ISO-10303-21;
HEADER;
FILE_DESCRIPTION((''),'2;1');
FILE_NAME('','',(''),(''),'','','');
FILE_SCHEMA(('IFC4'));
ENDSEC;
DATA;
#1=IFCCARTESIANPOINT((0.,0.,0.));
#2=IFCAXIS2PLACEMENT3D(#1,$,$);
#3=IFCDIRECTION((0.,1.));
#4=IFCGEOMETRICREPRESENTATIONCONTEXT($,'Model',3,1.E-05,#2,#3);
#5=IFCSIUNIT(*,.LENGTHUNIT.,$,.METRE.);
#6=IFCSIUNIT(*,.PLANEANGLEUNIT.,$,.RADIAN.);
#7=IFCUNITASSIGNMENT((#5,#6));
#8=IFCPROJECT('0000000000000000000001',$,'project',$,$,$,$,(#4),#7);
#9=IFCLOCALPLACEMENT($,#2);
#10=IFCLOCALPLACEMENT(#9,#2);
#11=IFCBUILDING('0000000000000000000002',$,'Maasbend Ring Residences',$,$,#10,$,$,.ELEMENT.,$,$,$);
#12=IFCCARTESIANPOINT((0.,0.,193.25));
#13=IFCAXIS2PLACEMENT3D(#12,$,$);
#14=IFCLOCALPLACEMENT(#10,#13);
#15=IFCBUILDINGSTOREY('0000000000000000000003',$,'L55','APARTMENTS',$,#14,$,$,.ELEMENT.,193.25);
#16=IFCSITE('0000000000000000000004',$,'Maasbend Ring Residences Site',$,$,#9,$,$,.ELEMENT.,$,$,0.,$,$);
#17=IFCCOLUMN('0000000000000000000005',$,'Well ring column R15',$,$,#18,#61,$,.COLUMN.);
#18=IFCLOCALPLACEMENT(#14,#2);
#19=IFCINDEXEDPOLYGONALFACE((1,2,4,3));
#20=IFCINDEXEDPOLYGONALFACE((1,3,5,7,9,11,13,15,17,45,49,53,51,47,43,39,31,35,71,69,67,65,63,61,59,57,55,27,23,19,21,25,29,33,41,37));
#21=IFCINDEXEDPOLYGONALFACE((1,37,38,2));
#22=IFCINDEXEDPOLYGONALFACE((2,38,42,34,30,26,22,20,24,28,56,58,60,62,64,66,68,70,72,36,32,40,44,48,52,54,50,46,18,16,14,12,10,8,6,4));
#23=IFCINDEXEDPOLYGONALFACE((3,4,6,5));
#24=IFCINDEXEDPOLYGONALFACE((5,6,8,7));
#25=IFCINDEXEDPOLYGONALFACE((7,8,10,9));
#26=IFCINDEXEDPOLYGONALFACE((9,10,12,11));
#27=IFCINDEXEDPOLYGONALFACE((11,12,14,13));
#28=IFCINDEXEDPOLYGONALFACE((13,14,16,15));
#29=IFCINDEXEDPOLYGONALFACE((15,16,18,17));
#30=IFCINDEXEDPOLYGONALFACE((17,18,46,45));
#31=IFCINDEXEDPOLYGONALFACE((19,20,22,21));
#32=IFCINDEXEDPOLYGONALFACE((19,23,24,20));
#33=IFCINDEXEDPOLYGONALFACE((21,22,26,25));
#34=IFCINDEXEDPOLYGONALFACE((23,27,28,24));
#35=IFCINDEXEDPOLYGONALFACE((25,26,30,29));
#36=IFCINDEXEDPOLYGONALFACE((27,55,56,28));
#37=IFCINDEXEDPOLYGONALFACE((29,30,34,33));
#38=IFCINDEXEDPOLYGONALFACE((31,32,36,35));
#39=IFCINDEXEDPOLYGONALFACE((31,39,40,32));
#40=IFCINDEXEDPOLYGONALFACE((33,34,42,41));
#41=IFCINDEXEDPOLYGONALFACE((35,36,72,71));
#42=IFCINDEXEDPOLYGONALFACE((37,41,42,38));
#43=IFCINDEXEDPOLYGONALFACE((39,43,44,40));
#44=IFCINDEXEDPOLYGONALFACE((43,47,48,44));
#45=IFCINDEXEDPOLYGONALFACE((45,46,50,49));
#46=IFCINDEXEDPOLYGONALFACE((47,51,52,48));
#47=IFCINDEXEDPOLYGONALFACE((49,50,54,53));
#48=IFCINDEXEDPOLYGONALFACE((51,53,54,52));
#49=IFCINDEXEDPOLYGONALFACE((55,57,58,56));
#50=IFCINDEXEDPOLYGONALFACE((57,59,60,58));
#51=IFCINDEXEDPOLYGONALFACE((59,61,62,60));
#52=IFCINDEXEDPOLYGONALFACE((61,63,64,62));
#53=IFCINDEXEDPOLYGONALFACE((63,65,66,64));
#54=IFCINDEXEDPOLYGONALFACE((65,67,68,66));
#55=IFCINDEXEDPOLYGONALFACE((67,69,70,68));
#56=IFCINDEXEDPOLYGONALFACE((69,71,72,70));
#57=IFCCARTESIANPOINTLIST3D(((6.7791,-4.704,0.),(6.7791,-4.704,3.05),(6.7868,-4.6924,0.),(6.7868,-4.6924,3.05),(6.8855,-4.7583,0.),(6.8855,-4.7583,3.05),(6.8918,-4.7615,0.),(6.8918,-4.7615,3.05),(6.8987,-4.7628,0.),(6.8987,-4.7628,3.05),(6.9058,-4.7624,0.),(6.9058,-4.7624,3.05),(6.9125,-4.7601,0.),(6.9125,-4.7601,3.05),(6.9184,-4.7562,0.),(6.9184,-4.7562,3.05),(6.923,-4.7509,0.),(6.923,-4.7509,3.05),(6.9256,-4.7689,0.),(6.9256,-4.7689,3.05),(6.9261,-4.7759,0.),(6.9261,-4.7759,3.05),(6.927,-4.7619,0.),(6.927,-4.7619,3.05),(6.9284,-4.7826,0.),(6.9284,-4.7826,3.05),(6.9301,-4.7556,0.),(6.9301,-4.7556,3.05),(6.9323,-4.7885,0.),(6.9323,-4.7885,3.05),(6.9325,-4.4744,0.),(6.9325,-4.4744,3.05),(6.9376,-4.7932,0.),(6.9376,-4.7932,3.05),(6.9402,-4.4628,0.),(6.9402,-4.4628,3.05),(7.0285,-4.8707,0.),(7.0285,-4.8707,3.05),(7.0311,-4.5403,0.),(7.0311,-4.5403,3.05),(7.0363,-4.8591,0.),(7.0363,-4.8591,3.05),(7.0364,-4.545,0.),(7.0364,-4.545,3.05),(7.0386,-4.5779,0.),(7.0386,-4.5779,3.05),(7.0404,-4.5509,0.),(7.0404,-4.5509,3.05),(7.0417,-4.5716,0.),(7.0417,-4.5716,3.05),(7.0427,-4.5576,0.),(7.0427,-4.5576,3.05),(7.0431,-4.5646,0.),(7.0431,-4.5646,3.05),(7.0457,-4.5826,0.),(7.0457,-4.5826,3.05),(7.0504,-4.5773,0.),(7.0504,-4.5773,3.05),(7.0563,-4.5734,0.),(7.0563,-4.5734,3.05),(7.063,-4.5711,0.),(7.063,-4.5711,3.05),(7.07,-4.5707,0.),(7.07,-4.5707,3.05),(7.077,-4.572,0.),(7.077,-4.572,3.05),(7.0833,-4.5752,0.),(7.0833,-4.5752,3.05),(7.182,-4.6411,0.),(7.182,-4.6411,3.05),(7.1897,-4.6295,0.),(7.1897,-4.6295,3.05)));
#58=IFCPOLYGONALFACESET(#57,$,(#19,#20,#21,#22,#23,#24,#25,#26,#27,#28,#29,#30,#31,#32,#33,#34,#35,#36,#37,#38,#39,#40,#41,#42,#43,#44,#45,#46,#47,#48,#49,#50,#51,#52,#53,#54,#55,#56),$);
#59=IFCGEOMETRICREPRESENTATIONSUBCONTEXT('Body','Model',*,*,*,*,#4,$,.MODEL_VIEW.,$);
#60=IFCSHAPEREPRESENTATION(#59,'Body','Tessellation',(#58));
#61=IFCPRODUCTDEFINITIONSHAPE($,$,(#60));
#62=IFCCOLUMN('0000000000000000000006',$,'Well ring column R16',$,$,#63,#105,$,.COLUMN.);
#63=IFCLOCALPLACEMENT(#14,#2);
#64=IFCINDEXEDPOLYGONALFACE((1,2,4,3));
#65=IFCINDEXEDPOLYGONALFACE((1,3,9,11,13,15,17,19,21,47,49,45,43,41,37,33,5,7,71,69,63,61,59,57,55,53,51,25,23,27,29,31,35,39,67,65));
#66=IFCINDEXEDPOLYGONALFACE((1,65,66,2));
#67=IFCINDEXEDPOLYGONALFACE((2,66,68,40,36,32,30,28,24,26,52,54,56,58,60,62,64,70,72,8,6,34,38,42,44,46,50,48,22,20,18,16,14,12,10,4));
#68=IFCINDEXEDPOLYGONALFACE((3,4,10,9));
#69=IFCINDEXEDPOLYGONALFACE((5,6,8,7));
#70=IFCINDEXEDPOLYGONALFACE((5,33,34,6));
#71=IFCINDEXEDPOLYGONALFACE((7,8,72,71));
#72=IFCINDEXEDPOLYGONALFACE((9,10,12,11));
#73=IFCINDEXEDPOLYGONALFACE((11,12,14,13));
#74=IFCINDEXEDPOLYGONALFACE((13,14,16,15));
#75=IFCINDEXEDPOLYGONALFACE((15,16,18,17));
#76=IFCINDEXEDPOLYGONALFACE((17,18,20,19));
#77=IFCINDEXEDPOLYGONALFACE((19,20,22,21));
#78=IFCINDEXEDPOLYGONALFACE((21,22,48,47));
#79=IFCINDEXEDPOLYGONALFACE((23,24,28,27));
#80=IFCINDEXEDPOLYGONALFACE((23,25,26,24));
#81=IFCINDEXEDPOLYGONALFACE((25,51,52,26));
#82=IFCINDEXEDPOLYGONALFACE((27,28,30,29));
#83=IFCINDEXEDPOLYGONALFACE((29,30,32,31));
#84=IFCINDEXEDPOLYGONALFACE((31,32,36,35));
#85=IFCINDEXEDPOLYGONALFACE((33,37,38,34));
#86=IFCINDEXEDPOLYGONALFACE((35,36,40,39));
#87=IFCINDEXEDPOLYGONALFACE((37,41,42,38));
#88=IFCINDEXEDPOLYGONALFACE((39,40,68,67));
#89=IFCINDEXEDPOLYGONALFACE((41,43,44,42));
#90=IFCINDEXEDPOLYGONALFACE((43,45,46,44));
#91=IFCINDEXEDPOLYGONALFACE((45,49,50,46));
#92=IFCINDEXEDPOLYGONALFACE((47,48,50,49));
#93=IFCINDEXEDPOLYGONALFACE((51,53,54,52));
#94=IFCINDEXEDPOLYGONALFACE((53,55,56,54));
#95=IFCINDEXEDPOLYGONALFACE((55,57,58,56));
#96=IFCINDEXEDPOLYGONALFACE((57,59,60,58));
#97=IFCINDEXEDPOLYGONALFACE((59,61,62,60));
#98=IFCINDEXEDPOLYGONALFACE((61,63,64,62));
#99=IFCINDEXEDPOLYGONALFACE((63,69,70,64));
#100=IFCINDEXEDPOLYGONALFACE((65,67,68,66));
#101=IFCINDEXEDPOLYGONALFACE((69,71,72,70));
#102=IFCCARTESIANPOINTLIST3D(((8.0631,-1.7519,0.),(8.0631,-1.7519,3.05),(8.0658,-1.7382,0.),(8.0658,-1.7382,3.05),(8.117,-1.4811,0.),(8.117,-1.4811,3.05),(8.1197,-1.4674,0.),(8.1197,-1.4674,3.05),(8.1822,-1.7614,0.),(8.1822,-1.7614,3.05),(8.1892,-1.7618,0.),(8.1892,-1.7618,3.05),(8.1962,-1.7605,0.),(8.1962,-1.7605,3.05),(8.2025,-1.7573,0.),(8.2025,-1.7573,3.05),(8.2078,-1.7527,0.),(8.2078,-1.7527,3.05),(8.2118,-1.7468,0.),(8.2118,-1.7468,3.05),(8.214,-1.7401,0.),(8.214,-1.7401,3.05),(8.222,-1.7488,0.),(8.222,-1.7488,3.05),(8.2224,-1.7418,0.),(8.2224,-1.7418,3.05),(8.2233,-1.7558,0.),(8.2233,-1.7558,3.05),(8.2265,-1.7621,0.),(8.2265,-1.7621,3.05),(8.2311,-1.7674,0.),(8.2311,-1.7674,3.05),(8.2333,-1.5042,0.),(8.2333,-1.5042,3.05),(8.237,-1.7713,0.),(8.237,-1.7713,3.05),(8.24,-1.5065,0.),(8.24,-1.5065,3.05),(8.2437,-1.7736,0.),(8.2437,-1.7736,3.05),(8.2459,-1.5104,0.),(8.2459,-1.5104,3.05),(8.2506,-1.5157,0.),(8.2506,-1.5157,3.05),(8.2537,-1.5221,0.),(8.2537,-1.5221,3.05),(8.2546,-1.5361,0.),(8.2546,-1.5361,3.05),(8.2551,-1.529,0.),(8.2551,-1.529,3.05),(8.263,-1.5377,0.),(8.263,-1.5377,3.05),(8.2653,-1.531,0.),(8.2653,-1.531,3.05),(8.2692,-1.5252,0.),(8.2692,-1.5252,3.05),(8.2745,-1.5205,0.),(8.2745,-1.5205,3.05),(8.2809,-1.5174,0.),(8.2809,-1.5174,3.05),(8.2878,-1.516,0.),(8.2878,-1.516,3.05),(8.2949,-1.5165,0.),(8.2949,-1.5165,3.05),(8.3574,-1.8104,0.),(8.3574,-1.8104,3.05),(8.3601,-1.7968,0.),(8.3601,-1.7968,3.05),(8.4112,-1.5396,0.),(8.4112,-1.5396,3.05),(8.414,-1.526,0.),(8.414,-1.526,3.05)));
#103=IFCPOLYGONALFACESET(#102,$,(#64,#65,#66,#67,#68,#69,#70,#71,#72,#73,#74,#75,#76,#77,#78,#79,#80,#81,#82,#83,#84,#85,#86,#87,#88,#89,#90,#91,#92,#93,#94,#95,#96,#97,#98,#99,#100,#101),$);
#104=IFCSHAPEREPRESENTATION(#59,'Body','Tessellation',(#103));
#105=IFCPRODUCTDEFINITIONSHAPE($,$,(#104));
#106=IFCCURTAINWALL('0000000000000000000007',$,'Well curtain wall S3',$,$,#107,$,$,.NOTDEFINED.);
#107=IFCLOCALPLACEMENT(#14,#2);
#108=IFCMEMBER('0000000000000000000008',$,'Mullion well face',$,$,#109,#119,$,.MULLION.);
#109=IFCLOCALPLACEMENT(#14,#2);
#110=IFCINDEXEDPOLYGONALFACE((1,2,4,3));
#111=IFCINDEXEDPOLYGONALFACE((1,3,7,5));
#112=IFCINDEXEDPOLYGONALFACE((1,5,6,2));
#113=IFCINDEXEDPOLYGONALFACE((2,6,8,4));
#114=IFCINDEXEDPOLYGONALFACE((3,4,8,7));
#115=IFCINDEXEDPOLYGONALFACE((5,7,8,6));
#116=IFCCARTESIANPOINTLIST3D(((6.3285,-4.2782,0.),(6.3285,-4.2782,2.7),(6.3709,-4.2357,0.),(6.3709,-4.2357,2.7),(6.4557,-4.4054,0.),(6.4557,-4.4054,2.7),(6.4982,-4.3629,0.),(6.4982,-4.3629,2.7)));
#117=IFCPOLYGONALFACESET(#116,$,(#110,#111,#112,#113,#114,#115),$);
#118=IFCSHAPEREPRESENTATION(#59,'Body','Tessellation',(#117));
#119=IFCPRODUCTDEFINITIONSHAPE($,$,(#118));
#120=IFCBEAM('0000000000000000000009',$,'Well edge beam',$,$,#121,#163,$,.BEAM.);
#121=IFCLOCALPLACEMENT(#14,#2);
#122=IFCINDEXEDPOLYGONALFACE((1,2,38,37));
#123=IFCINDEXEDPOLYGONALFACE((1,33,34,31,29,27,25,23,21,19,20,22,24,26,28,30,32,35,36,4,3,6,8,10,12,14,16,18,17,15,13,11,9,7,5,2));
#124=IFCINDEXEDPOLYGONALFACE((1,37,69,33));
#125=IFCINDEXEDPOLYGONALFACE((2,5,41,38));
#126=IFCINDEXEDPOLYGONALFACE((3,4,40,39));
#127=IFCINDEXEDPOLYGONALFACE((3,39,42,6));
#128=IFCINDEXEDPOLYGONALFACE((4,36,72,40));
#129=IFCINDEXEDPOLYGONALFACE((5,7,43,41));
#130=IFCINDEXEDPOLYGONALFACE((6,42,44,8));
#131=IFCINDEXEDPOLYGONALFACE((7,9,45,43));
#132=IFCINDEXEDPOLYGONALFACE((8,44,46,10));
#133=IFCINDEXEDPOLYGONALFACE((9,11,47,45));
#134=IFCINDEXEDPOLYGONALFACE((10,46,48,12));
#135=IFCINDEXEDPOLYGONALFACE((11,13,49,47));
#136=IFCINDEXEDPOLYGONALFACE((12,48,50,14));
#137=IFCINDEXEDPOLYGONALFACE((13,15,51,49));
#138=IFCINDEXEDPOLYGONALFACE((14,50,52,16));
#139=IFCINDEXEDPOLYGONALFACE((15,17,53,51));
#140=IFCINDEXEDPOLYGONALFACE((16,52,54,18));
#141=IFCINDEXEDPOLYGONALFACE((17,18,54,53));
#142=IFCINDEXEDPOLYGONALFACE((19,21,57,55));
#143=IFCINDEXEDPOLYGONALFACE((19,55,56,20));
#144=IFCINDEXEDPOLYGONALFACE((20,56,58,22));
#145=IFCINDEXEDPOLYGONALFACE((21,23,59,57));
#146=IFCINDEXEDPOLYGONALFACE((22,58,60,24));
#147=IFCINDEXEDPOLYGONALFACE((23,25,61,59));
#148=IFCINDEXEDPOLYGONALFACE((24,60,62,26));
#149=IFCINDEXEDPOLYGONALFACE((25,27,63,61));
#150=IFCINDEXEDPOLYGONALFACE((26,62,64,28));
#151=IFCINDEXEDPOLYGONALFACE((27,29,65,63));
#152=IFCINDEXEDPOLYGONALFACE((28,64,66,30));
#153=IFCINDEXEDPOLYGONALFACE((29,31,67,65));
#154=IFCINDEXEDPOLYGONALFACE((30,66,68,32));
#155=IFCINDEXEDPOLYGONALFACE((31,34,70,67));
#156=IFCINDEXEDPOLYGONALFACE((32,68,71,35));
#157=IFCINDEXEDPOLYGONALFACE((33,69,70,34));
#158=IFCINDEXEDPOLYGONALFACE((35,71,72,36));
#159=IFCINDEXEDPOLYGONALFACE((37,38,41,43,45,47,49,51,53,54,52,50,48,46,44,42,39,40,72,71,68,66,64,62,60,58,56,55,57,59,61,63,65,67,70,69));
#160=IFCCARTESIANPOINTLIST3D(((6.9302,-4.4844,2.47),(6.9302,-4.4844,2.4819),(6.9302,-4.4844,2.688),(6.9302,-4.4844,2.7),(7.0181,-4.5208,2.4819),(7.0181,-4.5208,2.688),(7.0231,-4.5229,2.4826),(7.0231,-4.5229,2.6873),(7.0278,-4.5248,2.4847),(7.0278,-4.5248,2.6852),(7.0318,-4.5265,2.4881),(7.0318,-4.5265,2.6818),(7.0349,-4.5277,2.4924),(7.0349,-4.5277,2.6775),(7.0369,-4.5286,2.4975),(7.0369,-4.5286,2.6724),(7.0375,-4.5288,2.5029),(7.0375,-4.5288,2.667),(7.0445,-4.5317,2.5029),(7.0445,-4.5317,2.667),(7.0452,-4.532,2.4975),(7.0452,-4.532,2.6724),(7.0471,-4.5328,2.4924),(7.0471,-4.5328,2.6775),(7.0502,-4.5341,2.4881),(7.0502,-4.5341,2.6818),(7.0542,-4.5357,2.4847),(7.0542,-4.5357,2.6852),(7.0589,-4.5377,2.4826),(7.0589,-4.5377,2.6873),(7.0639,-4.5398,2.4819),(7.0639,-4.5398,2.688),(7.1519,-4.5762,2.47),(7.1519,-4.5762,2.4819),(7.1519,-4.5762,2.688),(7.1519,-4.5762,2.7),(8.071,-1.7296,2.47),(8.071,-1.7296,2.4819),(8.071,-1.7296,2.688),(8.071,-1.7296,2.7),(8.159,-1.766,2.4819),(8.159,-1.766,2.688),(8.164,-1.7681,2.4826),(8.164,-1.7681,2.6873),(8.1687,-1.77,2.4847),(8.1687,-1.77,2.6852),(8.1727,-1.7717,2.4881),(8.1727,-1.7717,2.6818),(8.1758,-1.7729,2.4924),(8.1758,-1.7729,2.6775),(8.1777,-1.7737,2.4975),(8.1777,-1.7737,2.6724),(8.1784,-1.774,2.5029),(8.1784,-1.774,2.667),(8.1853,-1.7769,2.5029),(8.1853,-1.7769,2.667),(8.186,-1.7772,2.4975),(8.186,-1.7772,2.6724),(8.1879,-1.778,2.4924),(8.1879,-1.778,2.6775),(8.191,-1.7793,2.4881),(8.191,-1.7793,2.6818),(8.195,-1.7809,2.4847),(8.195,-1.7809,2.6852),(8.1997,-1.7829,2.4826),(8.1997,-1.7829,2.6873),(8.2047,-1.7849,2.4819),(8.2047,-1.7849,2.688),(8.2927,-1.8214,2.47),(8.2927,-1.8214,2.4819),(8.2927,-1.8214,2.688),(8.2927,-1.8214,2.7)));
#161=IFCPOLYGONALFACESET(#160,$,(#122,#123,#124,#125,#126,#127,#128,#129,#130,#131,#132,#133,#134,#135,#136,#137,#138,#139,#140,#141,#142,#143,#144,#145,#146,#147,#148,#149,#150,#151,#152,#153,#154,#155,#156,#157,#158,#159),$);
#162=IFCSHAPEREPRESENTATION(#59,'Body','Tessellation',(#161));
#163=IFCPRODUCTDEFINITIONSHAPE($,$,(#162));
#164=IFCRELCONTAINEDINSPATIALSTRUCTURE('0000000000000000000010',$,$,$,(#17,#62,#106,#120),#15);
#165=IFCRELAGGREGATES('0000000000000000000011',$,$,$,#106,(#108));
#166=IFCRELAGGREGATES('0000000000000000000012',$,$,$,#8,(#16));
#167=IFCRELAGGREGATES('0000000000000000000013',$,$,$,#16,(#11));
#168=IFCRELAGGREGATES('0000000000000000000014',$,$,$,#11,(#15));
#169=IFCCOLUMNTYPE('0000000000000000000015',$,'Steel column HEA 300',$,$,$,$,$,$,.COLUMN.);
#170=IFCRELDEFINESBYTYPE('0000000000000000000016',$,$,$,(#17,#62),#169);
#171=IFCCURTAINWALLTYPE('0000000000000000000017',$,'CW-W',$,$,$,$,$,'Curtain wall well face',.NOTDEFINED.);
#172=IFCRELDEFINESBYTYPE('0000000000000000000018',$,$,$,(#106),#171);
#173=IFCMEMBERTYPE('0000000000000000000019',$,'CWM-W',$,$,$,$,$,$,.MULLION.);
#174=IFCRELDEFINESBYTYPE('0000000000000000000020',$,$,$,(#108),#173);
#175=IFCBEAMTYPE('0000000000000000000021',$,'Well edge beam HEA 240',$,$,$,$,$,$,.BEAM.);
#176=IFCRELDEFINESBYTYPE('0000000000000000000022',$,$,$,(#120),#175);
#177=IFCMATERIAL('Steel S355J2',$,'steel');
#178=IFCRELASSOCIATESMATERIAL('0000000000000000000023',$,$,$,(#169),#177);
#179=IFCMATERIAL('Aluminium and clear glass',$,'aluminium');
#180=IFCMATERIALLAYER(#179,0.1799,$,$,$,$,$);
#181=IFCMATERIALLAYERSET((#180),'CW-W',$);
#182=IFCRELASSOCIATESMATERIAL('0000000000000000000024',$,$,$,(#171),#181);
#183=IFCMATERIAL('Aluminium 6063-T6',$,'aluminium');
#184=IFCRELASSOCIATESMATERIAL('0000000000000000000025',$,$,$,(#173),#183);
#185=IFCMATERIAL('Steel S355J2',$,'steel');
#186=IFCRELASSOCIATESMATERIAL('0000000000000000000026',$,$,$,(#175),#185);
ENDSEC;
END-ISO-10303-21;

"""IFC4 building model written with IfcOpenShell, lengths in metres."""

from ifc_helpers import new_model, si_unit, direction, frame, origin, origin_2d, place, context, subcontext, project, spatial, rectangle, i_section, extrude, material, layer, layer_set, material_profile, profile_set, type_object, element, aggregate, save


model = new_model("IFC4")

# Units and contexts
model_context = context("Model", 3, precision=1e-05, world=origin(), true_north=direction((0.0, 1.0)))
body_context = subcontext(model_context, "Body", "Model", "MODEL_VIEW")
ifc_project = project(units=[si_unit("LENGTHUNIT", "METRE"), si_unit("PLANEANGLEUNIT", "RADIAN")], contexts=[model_context])

# Site, building, storey
site_placement = place(None, origin())
site = spatial("IfcSite", under=ifc_project, at=site_placement, Name="Maasbend Ring Residences Site", CompositionType="ELEMENT", RefElevation=0.0)
building_placement = place(site_placement, origin())
building = spatial("IfcBuilding", under=site, at=building_placement, Name="Maasbend Ring Residences", CompositionType="ELEMENT")
storey_placement = place(building_placement, frame((0.0, 0.0, 193.25)))
storey = spatial("IfcBuildingStorey", under=building, at=storey_placement, Name="L55", Description="APARTMENTS", CompositionType="ELEMENT", Elevation=193.25)

# Columns
ifc_material_1 = material(Name="Steel S355J2", Category="steel")
ifc_material_profile_1 = material_profile(ifc_material_1, i_section(OverallWidth=0.3, OverallDepth=0.29, WebThickness=0.0085, FlangeThickness=0.0139, FilletRadius=0.0271, at=origin_2d()), Name="HEA 300")
ifc_profile_set_1 = profile_set([ifc_material_profile_1], Name="Steel S355J2")
column_type = type_object("IfcColumnType", Name="Steel column HEA 300", PredefinedType="COLUMN", material=ifc_profile_set_1)
for number, where, z_axis, x_axis, name in (
    (1, (6.9844, -4.6667, 0.0), (0.0, 0.0, 1.0), (0.83147, -0.55557, 0.0), "Well ring column R15"),
    (2, (8.2385, -1.6389, 0.0), (0.0, 0.0, 1.0), (0.980785, -0.19509, 0.0), "Well ring column R16"),
):
    element("IfcColumn", number, at=place(storey_placement, frame(where, z_axis=z_axis, x_axis=x_axis)), inside=storey, type_object=column_type, Name=name, PredefinedType="COLUMN", context=body_context, shape_type="SweptSolid", body=[
        extrude(i_section(OverallWidth=0.3, OverallDepth=0.29, WebThickness=0.0085, FlangeThickness=0.0139, FilletRadius=0.0271, at=origin_2d()), origin(), (0.0, 0.0, 1.0), 3.05),
    ])

# Curtain wall, member
ifc_material_2 = material(Name="Aluminium and clear glass", Category="aluminium")
ifc_layer_1 = layer(ifc_material_2, 0.1799)
ifc_layer_set_1 = layer_set([ifc_layer_1], Name="CW-W")
curtain_wall_type = type_object("IfcCurtainWallType", Name="CW-W", ElementType="Curtain wall well face", PredefinedType="NOTDEFINED", material=ifc_layer_set_1)
curtain_wall_placement = place(storey_placement, origin())
curtain_wall = element("IfcCurtainWall", 3, at=curtain_wall_placement, inside=storey, type_object=curtain_wall_type, Name="Well curtain wall S3", PredefinedType="NOTDEFINED")
ifc_material_3 = material(Name="Aluminium 6063-T6", Category="aluminium")
ifc_material_profile_2 = material_profile(ifc_material_3, rectangle(XDim=0.1799, YDim=0.0601, at=origin_2d()), Name="AL 180x60")
ifc_profile_set_2 = profile_set([ifc_material_profile_2], Name="Aluminium 6063-T6")
member_type = type_object("IfcMemberType", Name="CWM-W", PredefinedType="MULLION", material=ifc_profile_set_2)
member_placement = place(storey_placement, frame((6.4133, -4.3206, 0.0), z_axis=(0.0, 0.0, 1.0), x_axis=(-0.707107, 0.707107, 0.0)))
member = element("IfcMember", 4, at=member_placement, type_object=member_type, Name="Mullion well face", PredefinedType="MULLION", context=body_context, shape_type="SweptSolid", body=[
    extrude(rectangle(XDim=0.1799, YDim=0.0601, at=origin_2d()), origin(), (0.0, 0.0, 1.0), 2.7),
])
aggregate(curtain_wall, [member])

# Beam
ifc_material_4 = material(Name="Steel S355J2", Category="steel")
ifc_material_profile_3 = material_profile(ifc_material_4, i_section(OverallWidth=0.24, OverallDepth=0.23, WebThickness=0.0076, FlangeThickness=0.012, FilletRadius=0.021, at=origin_2d()), Name="HEA 240")
ifc_profile_set_3 = profile_set([ifc_material_profile_3], Name="Steel S355J2")
beam_type = type_object("IfcBeamType", Name="Well edge beam HEA 240", PredefinedType="BEAM", material=ifc_profile_set_3)
beam_1_placement = place(storey_placement, frame((7.041, -4.5303, 2.585), z_axis=(0.382615, 0.923908, 0.0), x_axis=(-0.923908, 0.382615, 0.0)))
element("IfcBeam", 5, at=beam_1_placement, inside=storey, type_object=beam_type, Name="Well edge beam", PredefinedType="BEAM", context=body_context, shape_type="SweptSolid", body=[
    extrude(i_section(OverallWidth=0.24, OverallDepth=0.23, WebThickness=0.0076, FlangeThickness=0.012, FilletRadius=0.021, at=origin_2d()), origin(), (0.0, 0.0, 1.0), 2.9817),
])

save(model, "model.ifc")
